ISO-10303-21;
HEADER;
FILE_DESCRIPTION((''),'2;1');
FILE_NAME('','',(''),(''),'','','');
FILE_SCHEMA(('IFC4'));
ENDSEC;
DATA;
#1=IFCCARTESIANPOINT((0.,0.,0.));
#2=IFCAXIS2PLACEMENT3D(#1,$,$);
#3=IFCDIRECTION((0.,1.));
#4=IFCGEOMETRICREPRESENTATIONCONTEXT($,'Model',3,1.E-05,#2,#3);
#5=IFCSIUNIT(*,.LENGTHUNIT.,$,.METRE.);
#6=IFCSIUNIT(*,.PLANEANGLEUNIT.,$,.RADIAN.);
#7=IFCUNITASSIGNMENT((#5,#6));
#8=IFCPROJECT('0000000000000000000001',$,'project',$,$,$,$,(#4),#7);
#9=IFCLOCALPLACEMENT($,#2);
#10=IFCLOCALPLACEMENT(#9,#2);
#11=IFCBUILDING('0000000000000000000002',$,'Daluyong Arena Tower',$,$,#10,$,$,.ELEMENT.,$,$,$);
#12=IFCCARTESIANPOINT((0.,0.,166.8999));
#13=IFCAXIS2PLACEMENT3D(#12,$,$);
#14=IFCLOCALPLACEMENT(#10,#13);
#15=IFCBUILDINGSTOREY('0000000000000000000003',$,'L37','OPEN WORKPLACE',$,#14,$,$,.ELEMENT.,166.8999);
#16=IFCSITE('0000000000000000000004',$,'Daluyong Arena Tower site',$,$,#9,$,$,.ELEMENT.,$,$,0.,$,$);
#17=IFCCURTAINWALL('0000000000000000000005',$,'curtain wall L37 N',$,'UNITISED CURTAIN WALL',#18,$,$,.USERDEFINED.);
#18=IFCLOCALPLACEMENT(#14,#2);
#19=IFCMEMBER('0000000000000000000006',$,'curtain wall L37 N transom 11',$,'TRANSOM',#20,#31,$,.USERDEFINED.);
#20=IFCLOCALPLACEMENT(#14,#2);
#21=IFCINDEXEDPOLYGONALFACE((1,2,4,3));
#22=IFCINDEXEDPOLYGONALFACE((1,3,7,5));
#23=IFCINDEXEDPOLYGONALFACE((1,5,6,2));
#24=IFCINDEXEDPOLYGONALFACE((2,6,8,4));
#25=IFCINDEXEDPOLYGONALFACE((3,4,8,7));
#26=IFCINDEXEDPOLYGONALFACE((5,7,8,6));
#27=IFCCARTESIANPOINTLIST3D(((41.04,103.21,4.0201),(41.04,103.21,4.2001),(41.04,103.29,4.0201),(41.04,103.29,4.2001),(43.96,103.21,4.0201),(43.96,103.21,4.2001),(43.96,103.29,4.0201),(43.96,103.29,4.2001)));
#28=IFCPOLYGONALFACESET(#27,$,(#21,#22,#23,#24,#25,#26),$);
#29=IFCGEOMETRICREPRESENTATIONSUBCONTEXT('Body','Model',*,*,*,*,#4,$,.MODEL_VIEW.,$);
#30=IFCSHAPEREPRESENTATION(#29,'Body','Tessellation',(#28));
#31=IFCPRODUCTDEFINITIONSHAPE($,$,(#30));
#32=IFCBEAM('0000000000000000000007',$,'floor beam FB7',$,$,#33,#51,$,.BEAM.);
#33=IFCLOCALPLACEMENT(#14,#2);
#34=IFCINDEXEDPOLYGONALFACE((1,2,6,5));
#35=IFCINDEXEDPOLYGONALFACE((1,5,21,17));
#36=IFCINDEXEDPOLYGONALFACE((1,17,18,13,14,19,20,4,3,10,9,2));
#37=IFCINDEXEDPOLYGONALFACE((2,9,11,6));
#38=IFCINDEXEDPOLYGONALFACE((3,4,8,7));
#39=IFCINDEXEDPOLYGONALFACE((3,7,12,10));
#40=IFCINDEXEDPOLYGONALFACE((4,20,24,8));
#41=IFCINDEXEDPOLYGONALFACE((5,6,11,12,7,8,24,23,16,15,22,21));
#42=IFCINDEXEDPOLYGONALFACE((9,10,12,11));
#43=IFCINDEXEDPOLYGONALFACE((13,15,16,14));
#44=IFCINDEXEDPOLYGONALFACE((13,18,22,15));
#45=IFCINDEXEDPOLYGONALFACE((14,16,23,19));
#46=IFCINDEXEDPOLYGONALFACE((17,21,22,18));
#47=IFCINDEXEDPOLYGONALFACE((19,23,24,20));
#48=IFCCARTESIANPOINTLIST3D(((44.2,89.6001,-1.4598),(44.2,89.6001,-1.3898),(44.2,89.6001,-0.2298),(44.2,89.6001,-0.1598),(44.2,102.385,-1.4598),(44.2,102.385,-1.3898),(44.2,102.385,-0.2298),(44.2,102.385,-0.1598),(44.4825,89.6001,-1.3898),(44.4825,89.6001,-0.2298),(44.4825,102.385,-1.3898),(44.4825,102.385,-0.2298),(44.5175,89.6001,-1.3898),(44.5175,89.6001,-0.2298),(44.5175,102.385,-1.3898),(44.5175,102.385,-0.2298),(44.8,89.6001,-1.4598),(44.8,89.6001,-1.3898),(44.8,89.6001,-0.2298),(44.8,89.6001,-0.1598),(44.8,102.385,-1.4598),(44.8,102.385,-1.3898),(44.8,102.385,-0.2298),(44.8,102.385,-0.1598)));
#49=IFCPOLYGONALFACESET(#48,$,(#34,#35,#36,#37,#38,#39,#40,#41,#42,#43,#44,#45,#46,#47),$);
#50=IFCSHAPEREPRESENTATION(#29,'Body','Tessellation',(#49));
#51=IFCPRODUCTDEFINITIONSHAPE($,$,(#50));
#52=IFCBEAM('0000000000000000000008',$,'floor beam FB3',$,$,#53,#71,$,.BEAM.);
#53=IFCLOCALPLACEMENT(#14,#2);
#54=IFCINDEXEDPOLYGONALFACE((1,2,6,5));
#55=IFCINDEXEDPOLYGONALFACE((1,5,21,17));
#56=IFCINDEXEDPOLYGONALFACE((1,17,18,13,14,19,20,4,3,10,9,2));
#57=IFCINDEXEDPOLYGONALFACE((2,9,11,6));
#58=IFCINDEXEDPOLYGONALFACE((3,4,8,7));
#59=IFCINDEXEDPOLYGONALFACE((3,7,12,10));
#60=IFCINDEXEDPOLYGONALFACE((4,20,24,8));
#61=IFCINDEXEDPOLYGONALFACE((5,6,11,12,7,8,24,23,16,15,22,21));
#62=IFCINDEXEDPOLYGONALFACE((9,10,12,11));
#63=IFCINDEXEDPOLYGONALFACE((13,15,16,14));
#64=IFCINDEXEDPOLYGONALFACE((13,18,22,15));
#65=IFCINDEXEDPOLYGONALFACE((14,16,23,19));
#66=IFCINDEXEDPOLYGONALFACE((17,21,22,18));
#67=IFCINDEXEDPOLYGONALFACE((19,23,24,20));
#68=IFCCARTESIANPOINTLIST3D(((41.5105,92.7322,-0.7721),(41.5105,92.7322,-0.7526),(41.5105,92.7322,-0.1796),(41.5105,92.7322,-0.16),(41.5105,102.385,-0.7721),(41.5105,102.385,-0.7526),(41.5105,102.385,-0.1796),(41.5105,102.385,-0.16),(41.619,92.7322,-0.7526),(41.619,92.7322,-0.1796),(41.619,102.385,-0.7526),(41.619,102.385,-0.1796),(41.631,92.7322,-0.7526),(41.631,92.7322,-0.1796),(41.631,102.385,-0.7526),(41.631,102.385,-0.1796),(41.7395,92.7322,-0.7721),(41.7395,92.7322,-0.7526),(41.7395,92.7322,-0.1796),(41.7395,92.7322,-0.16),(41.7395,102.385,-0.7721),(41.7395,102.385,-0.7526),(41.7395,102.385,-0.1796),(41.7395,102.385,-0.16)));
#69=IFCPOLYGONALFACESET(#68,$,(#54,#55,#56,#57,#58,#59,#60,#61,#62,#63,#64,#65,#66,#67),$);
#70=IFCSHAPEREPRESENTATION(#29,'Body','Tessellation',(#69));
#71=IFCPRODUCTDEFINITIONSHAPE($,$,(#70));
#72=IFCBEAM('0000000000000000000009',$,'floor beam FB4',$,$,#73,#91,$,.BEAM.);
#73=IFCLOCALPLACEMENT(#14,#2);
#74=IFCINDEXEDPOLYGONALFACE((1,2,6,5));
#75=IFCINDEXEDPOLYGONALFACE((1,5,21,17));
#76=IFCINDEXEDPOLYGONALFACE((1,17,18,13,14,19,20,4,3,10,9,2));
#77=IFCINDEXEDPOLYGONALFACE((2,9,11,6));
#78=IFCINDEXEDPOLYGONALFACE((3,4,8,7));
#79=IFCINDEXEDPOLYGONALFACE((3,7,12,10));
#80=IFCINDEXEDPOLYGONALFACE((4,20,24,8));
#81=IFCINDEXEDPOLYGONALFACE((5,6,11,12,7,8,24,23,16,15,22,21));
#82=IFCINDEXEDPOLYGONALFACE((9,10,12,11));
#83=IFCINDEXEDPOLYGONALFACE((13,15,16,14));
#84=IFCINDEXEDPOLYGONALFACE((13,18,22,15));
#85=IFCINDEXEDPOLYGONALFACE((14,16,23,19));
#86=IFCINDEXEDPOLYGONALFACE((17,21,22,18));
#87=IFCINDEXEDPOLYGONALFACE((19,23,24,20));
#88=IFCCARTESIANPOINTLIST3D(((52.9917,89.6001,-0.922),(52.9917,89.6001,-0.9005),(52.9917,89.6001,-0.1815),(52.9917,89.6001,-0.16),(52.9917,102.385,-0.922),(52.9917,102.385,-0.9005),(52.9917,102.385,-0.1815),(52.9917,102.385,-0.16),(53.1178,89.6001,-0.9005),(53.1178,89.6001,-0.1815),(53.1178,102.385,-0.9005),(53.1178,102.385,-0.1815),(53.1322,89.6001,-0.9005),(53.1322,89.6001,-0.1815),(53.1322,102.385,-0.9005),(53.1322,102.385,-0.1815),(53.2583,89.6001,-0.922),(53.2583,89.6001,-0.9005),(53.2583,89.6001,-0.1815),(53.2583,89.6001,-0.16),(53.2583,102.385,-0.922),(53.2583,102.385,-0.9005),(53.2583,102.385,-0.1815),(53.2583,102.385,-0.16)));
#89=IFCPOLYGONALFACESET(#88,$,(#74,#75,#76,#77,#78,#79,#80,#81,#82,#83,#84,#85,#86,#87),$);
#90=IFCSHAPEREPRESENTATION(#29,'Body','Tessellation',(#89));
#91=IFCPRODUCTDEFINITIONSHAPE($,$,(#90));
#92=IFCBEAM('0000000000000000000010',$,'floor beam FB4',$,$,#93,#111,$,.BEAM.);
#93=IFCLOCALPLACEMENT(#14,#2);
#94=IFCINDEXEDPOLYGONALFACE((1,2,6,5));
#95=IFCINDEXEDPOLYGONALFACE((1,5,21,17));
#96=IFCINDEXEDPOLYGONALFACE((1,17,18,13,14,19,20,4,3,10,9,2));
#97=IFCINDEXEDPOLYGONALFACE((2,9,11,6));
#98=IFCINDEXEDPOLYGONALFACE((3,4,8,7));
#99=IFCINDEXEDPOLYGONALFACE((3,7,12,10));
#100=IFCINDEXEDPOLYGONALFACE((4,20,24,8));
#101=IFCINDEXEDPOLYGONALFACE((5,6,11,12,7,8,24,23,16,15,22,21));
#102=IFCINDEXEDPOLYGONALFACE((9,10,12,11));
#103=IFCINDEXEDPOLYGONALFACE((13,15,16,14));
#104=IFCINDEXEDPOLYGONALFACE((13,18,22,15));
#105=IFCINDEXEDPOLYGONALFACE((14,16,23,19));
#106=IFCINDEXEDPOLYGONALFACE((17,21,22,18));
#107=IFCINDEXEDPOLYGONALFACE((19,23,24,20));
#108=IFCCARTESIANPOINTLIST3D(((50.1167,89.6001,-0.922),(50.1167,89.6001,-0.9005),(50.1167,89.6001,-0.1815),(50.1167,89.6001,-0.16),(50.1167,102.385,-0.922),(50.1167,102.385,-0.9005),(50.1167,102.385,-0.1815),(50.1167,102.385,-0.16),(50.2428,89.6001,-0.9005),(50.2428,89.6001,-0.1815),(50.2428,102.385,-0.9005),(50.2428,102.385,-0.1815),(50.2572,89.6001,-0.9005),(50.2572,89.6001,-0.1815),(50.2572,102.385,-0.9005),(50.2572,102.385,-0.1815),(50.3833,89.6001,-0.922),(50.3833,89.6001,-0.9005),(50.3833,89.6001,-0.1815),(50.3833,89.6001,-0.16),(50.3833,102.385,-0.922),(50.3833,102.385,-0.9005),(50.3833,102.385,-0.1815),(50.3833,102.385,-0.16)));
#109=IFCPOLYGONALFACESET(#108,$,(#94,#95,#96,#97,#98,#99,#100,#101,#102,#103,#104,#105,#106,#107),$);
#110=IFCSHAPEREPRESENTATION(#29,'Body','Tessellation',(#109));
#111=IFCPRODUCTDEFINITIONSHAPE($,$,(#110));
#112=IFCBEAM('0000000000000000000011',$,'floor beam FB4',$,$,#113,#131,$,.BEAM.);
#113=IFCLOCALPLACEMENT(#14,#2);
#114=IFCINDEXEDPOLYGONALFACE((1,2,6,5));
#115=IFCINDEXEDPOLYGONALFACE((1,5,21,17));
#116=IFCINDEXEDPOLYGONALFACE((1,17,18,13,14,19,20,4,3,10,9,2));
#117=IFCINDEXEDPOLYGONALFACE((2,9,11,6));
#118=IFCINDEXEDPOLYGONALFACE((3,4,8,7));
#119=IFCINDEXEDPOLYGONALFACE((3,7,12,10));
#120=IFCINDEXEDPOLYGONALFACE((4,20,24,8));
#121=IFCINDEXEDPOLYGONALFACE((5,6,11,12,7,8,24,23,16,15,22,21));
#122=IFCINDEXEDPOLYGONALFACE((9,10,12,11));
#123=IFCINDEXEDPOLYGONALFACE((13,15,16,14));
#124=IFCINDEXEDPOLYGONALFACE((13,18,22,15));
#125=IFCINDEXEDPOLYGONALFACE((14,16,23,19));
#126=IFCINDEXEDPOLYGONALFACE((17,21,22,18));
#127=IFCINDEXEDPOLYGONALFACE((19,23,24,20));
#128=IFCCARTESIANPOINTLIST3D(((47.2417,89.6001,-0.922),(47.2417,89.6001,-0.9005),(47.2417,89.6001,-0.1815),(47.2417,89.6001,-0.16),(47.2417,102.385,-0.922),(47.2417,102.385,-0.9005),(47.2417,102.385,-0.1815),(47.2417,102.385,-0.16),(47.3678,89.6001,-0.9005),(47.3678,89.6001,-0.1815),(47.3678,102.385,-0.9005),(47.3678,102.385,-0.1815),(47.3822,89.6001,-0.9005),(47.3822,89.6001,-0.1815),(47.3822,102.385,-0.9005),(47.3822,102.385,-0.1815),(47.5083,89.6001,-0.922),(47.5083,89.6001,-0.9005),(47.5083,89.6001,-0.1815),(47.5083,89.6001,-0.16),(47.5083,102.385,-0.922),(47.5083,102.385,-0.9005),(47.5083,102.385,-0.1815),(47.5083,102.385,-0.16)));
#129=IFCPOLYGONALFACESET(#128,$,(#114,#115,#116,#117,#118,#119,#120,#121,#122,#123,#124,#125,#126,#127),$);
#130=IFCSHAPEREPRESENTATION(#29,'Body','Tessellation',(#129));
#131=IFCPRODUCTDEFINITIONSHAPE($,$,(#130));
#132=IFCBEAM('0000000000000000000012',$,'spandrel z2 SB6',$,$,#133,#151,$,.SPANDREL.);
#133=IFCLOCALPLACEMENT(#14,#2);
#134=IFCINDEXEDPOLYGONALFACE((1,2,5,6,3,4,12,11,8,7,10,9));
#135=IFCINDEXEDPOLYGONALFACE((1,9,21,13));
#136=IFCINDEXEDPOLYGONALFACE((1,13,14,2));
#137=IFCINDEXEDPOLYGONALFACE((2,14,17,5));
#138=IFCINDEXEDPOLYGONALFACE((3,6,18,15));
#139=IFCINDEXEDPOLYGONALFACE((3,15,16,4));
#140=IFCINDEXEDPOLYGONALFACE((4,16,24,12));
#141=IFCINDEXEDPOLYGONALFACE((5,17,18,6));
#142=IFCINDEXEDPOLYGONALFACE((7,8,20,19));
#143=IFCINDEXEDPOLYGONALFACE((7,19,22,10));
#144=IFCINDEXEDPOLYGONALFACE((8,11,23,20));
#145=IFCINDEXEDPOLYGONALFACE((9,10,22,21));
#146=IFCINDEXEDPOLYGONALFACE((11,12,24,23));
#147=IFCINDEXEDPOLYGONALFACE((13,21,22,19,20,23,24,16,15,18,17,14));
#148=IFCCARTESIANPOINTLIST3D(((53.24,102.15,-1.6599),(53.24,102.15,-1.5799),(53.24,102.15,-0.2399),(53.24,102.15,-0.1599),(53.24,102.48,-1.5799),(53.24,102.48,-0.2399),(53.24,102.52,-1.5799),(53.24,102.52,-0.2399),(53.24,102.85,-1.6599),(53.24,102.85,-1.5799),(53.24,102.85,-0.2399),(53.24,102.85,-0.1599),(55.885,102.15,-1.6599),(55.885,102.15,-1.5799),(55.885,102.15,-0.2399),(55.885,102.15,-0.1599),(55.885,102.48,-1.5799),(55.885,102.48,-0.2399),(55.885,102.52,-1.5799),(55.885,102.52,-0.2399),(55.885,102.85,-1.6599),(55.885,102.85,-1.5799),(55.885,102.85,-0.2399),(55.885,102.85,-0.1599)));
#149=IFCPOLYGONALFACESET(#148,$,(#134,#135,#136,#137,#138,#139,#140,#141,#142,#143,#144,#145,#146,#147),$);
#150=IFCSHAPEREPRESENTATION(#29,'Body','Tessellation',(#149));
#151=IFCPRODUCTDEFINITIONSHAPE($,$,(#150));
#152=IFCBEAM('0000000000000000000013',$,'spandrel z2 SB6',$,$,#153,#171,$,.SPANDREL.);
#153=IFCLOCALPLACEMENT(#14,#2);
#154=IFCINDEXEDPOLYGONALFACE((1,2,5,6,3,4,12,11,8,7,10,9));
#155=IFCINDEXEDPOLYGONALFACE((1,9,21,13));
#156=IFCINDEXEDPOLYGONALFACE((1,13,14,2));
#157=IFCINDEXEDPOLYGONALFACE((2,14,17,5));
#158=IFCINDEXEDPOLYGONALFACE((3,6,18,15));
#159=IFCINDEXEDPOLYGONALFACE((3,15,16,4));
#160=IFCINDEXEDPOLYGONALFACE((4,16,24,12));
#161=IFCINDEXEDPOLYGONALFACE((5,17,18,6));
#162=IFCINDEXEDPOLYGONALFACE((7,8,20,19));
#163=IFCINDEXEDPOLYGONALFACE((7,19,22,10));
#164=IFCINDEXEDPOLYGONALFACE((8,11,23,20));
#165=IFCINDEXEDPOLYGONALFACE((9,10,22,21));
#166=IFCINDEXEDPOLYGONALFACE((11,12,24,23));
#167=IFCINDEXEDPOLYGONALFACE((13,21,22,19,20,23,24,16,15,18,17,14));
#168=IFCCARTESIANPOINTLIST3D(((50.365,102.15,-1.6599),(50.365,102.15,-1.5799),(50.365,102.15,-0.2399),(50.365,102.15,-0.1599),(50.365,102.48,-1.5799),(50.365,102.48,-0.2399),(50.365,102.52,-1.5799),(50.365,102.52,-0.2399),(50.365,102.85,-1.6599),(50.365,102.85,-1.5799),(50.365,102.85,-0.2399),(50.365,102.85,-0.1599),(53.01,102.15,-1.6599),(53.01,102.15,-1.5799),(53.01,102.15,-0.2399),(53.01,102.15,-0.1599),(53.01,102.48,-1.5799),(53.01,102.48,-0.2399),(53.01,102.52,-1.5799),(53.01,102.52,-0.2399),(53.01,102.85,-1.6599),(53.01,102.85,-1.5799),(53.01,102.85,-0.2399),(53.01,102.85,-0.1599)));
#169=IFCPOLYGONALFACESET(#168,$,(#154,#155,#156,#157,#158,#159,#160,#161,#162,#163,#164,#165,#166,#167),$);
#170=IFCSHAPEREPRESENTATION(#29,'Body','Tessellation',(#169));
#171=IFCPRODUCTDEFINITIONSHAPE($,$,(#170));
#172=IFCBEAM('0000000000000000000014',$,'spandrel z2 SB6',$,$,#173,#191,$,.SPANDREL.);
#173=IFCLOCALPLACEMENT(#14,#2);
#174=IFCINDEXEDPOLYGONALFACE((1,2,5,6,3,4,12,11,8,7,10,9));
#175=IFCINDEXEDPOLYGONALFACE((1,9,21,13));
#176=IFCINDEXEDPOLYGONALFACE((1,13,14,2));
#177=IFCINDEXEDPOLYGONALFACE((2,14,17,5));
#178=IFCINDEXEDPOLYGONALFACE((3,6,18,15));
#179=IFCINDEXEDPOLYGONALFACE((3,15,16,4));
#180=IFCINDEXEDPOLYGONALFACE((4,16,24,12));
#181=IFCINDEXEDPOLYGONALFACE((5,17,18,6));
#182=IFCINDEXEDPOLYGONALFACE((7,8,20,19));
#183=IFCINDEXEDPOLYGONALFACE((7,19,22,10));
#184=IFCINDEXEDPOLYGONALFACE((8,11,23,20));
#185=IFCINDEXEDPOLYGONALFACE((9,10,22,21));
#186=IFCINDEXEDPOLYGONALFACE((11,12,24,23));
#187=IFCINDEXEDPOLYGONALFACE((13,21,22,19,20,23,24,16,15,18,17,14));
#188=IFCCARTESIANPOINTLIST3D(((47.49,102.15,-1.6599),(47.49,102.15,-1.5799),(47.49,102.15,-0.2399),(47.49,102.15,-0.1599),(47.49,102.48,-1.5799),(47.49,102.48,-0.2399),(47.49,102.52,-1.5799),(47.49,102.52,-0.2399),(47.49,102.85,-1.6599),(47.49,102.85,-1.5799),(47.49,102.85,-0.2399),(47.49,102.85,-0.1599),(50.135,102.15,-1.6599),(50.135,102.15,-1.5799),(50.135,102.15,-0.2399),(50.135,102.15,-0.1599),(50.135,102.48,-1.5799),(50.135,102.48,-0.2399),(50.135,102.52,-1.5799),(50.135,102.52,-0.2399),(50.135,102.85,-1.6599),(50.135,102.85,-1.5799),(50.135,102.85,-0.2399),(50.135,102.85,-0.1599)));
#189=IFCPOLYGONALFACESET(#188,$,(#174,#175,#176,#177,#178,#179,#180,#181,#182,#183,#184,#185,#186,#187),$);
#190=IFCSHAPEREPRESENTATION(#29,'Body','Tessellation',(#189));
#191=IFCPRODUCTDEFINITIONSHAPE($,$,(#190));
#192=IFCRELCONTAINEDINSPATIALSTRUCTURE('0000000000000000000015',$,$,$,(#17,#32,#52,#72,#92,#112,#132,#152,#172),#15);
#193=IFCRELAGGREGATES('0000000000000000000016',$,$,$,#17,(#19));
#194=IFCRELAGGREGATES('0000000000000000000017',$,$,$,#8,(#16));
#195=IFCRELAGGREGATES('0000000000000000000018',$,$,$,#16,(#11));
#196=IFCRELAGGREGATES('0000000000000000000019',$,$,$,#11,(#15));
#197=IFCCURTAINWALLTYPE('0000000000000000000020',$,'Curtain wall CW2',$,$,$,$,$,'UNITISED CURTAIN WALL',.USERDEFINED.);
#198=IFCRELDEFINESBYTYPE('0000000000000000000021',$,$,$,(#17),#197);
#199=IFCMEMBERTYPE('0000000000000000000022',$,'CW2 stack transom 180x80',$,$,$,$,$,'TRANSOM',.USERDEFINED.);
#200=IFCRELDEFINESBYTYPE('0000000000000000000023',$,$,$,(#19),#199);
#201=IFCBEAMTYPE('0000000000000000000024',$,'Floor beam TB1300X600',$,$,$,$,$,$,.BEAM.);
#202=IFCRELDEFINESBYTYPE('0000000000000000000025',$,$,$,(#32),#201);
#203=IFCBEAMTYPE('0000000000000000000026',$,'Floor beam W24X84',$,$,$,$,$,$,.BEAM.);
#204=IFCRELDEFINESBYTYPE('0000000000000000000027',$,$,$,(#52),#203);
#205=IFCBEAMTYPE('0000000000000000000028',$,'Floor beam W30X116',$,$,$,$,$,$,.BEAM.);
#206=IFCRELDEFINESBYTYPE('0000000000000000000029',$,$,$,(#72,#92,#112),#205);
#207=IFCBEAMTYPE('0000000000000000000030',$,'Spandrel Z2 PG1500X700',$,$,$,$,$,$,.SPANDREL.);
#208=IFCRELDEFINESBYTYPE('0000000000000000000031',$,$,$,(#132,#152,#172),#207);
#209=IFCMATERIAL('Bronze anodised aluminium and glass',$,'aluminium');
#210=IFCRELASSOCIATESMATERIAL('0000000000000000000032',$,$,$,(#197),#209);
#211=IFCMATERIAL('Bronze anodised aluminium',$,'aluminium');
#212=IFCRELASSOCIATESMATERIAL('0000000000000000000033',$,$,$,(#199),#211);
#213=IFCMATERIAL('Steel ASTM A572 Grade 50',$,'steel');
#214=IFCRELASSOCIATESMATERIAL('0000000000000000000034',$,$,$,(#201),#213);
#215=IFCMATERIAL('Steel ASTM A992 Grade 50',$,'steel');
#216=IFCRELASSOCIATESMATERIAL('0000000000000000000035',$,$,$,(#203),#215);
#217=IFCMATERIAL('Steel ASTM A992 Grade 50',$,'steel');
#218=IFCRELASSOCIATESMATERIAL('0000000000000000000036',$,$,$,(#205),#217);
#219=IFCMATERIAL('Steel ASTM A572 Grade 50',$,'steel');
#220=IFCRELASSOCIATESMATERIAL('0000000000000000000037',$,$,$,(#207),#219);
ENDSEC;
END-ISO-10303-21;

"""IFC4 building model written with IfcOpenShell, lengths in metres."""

from ifc_helpers import new_model, si_unit, direction, frame, origin, origin_2d, place, context, subcontext, project, spatial, rectangle, i_section, extrude, material, material_profile, profile_set, type_object, element, aggregate, save


model = new_model("IFC4")

# Units and contexts
model_context = context("Model", 3, precision=1e-05, world=origin(), true_north=direction((0.0, 1.0)))
body_context = subcontext(model_context, "Body", "Model", "MODEL_VIEW")
ifc_project = project(units=[si_unit("LENGTHUNIT", "METRE"), si_unit("PLANEANGLEUNIT", "RADIAN")], contexts=[model_context])

# Site, building, storey
site_placement = place(None, origin())
site = spatial("IfcSite", under=ifc_project, at=site_placement, Name="Daluyong Arena Tower site", CompositionType="ELEMENT", RefElevation=0.0)
building_placement = place(site_placement, origin())
building = spatial("IfcBuilding", under=site, at=building_placement, Name="Daluyong Arena Tower", CompositionType="ELEMENT")
storey_placement = place(building_placement, frame((0.0, 0.0, 166.8999)))
storey = spatial("IfcBuildingStorey", under=building, at=storey_placement, Name="L37", Description="OPEN WORKPLACE", CompositionType="ELEMENT", Elevation=166.8999)

# Curtain wall, member
ifc_material_1 = material(Name="Bronze anodised aluminium and glass", Category="aluminium")
curtain_wall_type = type_object("IfcCurtainWallType", Name="Curtain wall CW2", ElementType="UNITISED CURTAIN WALL", PredefinedType="USERDEFINED", material=ifc_material_1)
curtain_wall_placement = place(storey_placement, origin())
curtain_wall = element("IfcCurtainWall", 1, at=curtain_wall_placement, inside=storey, type_object=curtain_wall_type, Name="curtain wall L37 N", ObjectType="UNITISED CURTAIN WALL", PredefinedType="USERDEFINED")
ifc_material_2 = material(Name="Bronze anodised aluminium", Category="aluminium")
ifc_material_profile_1 = material_profile(ifc_material_2, rectangle(XDim=0.0801, YDim=0.1799, at=origin_2d()))
ifc_profile_set_1 = profile_set([ifc_material_profile_1], Name="Bronze anodised aluminium")
member_type_1 = type_object("IfcMemberType", Name="CW2 stack transom 180x80", ElementType="TRANSOM", PredefinedType="USERDEFINED", material=ifc_profile_set_1)
member_1_placement = place(storey_placement, frame((43.96, 103.25, 4.1101), z_axis=(-1.0, 0.0, 0.0), x_axis=(0.0, -1.0, 0.0)))
member_1 = element("IfcMember", 2, at=member_1_placement, type_object=member_type_1, Name="curtain wall L37 N transom 11", ObjectType="TRANSOM", PredefinedType="USERDEFINED", context=body_context, shape_type="SweptSolid", body=[
    extrude(rectangle(XDim=0.0801, YDim=0.1799, at=origin_2d()), origin(), (0.0, 0.0, 1.0), 2.9199),
])

# Beams
ifc_material_3 = material(Name="Steel ASTM A572 Grade 50", Category="steel")
ifc_material_profile_2 = material_profile(ifc_material_3, i_section(OverallWidth=0.6001, OverallDepth=1.3, WebThickness=0.035, FlangeThickness=0.07, at=origin_2d()))
ifc_profile_set_2 = profile_set([ifc_material_profile_2], Name="Steel ASTM A572 Grade 50")
beam_type_1 = type_object("IfcBeamType", Name="Floor beam TB1300X600", PredefinedType="BEAM", material=ifc_profile_set_2)
beam_1_placement = place(storey_placement, frame((44.5, 102.385, -0.8098), z_axis=(0.0, -1.0, 0.0), x_axis=(1.0, 0.0, 0.0)))
element("IfcBeam", 3, at=beam_1_placement, inside=storey, type_object=beam_type_1, Name="floor beam FB7", PredefinedType="BEAM", context=body_context, shape_type="SweptSolid", body=[
    extrude(i_section(OverallWidth=0.6001, OverallDepth=1.3, WebThickness=0.035, FlangeThickness=0.07, at=origin_2d()), origin(), (0.0, 0.0, 1.0), 12.7849),
])
ifc_material_4 = material(Name="Steel ASTM A992 Grade 50", Category="steel")
ifc_material_profile_3 = material_profile(ifc_material_4, i_section(OverallWidth=0.229, OverallDepth=0.6121, WebThickness=0.012, FlangeThickness=0.0195, at=origin_2d()))
ifc_profile_set_3 = profile_set([ifc_material_profile_3], Name="Steel ASTM A992 Grade 50")
beam_type_2 = type_object("IfcBeamType", Name="Floor beam W24X84", PredefinedType="BEAM", material=ifc_profile_set_3)
beam_2_placement = place(storey_placement, frame((41.625, 102.385, -0.4661), z_axis=(0.0, -1.0, 0.0), x_axis=(1.0, 0.0, 0.0)))
element("IfcBeam", 4, at=beam_2_placement, inside=storey, type_object=beam_type_2, Name="floor beam FB3", PredefinedType="BEAM", context=body_context, shape_type="SweptSolid", body=[
    extrude(i_section(OverallWidth=0.229, OverallDepth=0.6121, WebThickness=0.012, FlangeThickness=0.0195, at=origin_2d()), origin(), (0.0, 0.0, 1.0), 9.6528),
])
ifc_material_5 = material(Name="Steel ASTM A992 Grade 50", Category="steel")
ifc_material_profile_4 = material_profile(ifc_material_5, i_section(OverallWidth=0.2666, OverallDepth=0.762, WebThickness=0.0144, FlangeThickness=0.0215, at=origin_2d()))
ifc_profile_set_4 = profile_set([ifc_material_profile_4], Name="Steel ASTM A992 Grade 50")
beam_type_3 = type_object("IfcBeamType", Name="Floor beam W30X116", PredefinedType="BEAM", material=ifc_profile_set_4)
for number, where, z_axis, x_axis, name in (
    (5, (53.125, 102.385, -0.541), (0.0, -1.0, 0.0), (1.0, 0.0, 0.0), "floor beam FB4"),
    (6, (50.25, 102.385, -0.541), (0.0, -1.0, 0.0), (1.0, 0.0, 0.0), "floor beam FB4"),
    (7, (47.375, 102.385, -0.541), (0.0, -1.0, 0.0), (1.0, 0.0, 0.0), "floor beam FB4"),
):
    element("IfcBeam", number, at=place(storey_placement, frame(where, z_axis=z_axis, x_axis=x_axis)), inside=storey, type_object=beam_type_3, Name=name, PredefinedType="BEAM", context=body_context, shape_type="SweptSolid", body=[
        extrude(i_section(OverallWidth=0.2666, OverallDepth=0.762, WebThickness=0.0144, FlangeThickness=0.0215, at=origin_2d()), origin(), (0.0, 0.0, 1.0), 12.7849),
    ])
ifc_material_6 = material(Name="Steel ASTM A572 Grade 50", Category="steel")
ifc_material_profile_5 = material_profile(ifc_material_6, i_section(OverallWidth=0.7, OverallDepth=1.5, WebThickness=0.04, FlangeThickness=0.08, at=origin_2d()))
ifc_profile_set_5 = profile_set([ifc_material_profile_5], Name="Steel ASTM A572 Grade 50")
beam_type_4 = type_object("IfcBeamType", Name="Spandrel Z2 PG1500X700", PredefinedType="SPANDREL", material=ifc_profile_set_5)
for number, where, z_axis, x_axis, name in (
    (8, (55.885, 102.5, -0.9099), (-1.0, 0.0, 0.0), (0.0, -1.0, 0.0), "spandrel z2 SB6"),
    (9, (53.01, 102.5, -0.9099), (-1.0, 0.0, 0.0), (0.0, -1.0, 0.0), "spandrel z2 SB6"),
    (10, (50.135, 102.5, -0.9099), (-1.0, 0.0, 0.0), (0.0, -1.0, 0.0), "spandrel z2 SB6"),
):
    element("IfcBeam", number, at=place(storey_placement, frame(where, z_axis=z_axis, x_axis=x_axis)), inside=storey, type_object=beam_type_4, Name=name, PredefinedType="SPANDREL", context=body_context, shape_type="SweptSolid", body=[
        extrude(i_section(OverallWidth=0.7, OverallDepth=1.5, WebThickness=0.04, FlangeThickness=0.08, at=origin_2d()), origin(), (0.0, 0.0, 1.0), 2.645),
    ])

aggregate(curtain_wall, [member_1])

save(model, "model.ifc")
